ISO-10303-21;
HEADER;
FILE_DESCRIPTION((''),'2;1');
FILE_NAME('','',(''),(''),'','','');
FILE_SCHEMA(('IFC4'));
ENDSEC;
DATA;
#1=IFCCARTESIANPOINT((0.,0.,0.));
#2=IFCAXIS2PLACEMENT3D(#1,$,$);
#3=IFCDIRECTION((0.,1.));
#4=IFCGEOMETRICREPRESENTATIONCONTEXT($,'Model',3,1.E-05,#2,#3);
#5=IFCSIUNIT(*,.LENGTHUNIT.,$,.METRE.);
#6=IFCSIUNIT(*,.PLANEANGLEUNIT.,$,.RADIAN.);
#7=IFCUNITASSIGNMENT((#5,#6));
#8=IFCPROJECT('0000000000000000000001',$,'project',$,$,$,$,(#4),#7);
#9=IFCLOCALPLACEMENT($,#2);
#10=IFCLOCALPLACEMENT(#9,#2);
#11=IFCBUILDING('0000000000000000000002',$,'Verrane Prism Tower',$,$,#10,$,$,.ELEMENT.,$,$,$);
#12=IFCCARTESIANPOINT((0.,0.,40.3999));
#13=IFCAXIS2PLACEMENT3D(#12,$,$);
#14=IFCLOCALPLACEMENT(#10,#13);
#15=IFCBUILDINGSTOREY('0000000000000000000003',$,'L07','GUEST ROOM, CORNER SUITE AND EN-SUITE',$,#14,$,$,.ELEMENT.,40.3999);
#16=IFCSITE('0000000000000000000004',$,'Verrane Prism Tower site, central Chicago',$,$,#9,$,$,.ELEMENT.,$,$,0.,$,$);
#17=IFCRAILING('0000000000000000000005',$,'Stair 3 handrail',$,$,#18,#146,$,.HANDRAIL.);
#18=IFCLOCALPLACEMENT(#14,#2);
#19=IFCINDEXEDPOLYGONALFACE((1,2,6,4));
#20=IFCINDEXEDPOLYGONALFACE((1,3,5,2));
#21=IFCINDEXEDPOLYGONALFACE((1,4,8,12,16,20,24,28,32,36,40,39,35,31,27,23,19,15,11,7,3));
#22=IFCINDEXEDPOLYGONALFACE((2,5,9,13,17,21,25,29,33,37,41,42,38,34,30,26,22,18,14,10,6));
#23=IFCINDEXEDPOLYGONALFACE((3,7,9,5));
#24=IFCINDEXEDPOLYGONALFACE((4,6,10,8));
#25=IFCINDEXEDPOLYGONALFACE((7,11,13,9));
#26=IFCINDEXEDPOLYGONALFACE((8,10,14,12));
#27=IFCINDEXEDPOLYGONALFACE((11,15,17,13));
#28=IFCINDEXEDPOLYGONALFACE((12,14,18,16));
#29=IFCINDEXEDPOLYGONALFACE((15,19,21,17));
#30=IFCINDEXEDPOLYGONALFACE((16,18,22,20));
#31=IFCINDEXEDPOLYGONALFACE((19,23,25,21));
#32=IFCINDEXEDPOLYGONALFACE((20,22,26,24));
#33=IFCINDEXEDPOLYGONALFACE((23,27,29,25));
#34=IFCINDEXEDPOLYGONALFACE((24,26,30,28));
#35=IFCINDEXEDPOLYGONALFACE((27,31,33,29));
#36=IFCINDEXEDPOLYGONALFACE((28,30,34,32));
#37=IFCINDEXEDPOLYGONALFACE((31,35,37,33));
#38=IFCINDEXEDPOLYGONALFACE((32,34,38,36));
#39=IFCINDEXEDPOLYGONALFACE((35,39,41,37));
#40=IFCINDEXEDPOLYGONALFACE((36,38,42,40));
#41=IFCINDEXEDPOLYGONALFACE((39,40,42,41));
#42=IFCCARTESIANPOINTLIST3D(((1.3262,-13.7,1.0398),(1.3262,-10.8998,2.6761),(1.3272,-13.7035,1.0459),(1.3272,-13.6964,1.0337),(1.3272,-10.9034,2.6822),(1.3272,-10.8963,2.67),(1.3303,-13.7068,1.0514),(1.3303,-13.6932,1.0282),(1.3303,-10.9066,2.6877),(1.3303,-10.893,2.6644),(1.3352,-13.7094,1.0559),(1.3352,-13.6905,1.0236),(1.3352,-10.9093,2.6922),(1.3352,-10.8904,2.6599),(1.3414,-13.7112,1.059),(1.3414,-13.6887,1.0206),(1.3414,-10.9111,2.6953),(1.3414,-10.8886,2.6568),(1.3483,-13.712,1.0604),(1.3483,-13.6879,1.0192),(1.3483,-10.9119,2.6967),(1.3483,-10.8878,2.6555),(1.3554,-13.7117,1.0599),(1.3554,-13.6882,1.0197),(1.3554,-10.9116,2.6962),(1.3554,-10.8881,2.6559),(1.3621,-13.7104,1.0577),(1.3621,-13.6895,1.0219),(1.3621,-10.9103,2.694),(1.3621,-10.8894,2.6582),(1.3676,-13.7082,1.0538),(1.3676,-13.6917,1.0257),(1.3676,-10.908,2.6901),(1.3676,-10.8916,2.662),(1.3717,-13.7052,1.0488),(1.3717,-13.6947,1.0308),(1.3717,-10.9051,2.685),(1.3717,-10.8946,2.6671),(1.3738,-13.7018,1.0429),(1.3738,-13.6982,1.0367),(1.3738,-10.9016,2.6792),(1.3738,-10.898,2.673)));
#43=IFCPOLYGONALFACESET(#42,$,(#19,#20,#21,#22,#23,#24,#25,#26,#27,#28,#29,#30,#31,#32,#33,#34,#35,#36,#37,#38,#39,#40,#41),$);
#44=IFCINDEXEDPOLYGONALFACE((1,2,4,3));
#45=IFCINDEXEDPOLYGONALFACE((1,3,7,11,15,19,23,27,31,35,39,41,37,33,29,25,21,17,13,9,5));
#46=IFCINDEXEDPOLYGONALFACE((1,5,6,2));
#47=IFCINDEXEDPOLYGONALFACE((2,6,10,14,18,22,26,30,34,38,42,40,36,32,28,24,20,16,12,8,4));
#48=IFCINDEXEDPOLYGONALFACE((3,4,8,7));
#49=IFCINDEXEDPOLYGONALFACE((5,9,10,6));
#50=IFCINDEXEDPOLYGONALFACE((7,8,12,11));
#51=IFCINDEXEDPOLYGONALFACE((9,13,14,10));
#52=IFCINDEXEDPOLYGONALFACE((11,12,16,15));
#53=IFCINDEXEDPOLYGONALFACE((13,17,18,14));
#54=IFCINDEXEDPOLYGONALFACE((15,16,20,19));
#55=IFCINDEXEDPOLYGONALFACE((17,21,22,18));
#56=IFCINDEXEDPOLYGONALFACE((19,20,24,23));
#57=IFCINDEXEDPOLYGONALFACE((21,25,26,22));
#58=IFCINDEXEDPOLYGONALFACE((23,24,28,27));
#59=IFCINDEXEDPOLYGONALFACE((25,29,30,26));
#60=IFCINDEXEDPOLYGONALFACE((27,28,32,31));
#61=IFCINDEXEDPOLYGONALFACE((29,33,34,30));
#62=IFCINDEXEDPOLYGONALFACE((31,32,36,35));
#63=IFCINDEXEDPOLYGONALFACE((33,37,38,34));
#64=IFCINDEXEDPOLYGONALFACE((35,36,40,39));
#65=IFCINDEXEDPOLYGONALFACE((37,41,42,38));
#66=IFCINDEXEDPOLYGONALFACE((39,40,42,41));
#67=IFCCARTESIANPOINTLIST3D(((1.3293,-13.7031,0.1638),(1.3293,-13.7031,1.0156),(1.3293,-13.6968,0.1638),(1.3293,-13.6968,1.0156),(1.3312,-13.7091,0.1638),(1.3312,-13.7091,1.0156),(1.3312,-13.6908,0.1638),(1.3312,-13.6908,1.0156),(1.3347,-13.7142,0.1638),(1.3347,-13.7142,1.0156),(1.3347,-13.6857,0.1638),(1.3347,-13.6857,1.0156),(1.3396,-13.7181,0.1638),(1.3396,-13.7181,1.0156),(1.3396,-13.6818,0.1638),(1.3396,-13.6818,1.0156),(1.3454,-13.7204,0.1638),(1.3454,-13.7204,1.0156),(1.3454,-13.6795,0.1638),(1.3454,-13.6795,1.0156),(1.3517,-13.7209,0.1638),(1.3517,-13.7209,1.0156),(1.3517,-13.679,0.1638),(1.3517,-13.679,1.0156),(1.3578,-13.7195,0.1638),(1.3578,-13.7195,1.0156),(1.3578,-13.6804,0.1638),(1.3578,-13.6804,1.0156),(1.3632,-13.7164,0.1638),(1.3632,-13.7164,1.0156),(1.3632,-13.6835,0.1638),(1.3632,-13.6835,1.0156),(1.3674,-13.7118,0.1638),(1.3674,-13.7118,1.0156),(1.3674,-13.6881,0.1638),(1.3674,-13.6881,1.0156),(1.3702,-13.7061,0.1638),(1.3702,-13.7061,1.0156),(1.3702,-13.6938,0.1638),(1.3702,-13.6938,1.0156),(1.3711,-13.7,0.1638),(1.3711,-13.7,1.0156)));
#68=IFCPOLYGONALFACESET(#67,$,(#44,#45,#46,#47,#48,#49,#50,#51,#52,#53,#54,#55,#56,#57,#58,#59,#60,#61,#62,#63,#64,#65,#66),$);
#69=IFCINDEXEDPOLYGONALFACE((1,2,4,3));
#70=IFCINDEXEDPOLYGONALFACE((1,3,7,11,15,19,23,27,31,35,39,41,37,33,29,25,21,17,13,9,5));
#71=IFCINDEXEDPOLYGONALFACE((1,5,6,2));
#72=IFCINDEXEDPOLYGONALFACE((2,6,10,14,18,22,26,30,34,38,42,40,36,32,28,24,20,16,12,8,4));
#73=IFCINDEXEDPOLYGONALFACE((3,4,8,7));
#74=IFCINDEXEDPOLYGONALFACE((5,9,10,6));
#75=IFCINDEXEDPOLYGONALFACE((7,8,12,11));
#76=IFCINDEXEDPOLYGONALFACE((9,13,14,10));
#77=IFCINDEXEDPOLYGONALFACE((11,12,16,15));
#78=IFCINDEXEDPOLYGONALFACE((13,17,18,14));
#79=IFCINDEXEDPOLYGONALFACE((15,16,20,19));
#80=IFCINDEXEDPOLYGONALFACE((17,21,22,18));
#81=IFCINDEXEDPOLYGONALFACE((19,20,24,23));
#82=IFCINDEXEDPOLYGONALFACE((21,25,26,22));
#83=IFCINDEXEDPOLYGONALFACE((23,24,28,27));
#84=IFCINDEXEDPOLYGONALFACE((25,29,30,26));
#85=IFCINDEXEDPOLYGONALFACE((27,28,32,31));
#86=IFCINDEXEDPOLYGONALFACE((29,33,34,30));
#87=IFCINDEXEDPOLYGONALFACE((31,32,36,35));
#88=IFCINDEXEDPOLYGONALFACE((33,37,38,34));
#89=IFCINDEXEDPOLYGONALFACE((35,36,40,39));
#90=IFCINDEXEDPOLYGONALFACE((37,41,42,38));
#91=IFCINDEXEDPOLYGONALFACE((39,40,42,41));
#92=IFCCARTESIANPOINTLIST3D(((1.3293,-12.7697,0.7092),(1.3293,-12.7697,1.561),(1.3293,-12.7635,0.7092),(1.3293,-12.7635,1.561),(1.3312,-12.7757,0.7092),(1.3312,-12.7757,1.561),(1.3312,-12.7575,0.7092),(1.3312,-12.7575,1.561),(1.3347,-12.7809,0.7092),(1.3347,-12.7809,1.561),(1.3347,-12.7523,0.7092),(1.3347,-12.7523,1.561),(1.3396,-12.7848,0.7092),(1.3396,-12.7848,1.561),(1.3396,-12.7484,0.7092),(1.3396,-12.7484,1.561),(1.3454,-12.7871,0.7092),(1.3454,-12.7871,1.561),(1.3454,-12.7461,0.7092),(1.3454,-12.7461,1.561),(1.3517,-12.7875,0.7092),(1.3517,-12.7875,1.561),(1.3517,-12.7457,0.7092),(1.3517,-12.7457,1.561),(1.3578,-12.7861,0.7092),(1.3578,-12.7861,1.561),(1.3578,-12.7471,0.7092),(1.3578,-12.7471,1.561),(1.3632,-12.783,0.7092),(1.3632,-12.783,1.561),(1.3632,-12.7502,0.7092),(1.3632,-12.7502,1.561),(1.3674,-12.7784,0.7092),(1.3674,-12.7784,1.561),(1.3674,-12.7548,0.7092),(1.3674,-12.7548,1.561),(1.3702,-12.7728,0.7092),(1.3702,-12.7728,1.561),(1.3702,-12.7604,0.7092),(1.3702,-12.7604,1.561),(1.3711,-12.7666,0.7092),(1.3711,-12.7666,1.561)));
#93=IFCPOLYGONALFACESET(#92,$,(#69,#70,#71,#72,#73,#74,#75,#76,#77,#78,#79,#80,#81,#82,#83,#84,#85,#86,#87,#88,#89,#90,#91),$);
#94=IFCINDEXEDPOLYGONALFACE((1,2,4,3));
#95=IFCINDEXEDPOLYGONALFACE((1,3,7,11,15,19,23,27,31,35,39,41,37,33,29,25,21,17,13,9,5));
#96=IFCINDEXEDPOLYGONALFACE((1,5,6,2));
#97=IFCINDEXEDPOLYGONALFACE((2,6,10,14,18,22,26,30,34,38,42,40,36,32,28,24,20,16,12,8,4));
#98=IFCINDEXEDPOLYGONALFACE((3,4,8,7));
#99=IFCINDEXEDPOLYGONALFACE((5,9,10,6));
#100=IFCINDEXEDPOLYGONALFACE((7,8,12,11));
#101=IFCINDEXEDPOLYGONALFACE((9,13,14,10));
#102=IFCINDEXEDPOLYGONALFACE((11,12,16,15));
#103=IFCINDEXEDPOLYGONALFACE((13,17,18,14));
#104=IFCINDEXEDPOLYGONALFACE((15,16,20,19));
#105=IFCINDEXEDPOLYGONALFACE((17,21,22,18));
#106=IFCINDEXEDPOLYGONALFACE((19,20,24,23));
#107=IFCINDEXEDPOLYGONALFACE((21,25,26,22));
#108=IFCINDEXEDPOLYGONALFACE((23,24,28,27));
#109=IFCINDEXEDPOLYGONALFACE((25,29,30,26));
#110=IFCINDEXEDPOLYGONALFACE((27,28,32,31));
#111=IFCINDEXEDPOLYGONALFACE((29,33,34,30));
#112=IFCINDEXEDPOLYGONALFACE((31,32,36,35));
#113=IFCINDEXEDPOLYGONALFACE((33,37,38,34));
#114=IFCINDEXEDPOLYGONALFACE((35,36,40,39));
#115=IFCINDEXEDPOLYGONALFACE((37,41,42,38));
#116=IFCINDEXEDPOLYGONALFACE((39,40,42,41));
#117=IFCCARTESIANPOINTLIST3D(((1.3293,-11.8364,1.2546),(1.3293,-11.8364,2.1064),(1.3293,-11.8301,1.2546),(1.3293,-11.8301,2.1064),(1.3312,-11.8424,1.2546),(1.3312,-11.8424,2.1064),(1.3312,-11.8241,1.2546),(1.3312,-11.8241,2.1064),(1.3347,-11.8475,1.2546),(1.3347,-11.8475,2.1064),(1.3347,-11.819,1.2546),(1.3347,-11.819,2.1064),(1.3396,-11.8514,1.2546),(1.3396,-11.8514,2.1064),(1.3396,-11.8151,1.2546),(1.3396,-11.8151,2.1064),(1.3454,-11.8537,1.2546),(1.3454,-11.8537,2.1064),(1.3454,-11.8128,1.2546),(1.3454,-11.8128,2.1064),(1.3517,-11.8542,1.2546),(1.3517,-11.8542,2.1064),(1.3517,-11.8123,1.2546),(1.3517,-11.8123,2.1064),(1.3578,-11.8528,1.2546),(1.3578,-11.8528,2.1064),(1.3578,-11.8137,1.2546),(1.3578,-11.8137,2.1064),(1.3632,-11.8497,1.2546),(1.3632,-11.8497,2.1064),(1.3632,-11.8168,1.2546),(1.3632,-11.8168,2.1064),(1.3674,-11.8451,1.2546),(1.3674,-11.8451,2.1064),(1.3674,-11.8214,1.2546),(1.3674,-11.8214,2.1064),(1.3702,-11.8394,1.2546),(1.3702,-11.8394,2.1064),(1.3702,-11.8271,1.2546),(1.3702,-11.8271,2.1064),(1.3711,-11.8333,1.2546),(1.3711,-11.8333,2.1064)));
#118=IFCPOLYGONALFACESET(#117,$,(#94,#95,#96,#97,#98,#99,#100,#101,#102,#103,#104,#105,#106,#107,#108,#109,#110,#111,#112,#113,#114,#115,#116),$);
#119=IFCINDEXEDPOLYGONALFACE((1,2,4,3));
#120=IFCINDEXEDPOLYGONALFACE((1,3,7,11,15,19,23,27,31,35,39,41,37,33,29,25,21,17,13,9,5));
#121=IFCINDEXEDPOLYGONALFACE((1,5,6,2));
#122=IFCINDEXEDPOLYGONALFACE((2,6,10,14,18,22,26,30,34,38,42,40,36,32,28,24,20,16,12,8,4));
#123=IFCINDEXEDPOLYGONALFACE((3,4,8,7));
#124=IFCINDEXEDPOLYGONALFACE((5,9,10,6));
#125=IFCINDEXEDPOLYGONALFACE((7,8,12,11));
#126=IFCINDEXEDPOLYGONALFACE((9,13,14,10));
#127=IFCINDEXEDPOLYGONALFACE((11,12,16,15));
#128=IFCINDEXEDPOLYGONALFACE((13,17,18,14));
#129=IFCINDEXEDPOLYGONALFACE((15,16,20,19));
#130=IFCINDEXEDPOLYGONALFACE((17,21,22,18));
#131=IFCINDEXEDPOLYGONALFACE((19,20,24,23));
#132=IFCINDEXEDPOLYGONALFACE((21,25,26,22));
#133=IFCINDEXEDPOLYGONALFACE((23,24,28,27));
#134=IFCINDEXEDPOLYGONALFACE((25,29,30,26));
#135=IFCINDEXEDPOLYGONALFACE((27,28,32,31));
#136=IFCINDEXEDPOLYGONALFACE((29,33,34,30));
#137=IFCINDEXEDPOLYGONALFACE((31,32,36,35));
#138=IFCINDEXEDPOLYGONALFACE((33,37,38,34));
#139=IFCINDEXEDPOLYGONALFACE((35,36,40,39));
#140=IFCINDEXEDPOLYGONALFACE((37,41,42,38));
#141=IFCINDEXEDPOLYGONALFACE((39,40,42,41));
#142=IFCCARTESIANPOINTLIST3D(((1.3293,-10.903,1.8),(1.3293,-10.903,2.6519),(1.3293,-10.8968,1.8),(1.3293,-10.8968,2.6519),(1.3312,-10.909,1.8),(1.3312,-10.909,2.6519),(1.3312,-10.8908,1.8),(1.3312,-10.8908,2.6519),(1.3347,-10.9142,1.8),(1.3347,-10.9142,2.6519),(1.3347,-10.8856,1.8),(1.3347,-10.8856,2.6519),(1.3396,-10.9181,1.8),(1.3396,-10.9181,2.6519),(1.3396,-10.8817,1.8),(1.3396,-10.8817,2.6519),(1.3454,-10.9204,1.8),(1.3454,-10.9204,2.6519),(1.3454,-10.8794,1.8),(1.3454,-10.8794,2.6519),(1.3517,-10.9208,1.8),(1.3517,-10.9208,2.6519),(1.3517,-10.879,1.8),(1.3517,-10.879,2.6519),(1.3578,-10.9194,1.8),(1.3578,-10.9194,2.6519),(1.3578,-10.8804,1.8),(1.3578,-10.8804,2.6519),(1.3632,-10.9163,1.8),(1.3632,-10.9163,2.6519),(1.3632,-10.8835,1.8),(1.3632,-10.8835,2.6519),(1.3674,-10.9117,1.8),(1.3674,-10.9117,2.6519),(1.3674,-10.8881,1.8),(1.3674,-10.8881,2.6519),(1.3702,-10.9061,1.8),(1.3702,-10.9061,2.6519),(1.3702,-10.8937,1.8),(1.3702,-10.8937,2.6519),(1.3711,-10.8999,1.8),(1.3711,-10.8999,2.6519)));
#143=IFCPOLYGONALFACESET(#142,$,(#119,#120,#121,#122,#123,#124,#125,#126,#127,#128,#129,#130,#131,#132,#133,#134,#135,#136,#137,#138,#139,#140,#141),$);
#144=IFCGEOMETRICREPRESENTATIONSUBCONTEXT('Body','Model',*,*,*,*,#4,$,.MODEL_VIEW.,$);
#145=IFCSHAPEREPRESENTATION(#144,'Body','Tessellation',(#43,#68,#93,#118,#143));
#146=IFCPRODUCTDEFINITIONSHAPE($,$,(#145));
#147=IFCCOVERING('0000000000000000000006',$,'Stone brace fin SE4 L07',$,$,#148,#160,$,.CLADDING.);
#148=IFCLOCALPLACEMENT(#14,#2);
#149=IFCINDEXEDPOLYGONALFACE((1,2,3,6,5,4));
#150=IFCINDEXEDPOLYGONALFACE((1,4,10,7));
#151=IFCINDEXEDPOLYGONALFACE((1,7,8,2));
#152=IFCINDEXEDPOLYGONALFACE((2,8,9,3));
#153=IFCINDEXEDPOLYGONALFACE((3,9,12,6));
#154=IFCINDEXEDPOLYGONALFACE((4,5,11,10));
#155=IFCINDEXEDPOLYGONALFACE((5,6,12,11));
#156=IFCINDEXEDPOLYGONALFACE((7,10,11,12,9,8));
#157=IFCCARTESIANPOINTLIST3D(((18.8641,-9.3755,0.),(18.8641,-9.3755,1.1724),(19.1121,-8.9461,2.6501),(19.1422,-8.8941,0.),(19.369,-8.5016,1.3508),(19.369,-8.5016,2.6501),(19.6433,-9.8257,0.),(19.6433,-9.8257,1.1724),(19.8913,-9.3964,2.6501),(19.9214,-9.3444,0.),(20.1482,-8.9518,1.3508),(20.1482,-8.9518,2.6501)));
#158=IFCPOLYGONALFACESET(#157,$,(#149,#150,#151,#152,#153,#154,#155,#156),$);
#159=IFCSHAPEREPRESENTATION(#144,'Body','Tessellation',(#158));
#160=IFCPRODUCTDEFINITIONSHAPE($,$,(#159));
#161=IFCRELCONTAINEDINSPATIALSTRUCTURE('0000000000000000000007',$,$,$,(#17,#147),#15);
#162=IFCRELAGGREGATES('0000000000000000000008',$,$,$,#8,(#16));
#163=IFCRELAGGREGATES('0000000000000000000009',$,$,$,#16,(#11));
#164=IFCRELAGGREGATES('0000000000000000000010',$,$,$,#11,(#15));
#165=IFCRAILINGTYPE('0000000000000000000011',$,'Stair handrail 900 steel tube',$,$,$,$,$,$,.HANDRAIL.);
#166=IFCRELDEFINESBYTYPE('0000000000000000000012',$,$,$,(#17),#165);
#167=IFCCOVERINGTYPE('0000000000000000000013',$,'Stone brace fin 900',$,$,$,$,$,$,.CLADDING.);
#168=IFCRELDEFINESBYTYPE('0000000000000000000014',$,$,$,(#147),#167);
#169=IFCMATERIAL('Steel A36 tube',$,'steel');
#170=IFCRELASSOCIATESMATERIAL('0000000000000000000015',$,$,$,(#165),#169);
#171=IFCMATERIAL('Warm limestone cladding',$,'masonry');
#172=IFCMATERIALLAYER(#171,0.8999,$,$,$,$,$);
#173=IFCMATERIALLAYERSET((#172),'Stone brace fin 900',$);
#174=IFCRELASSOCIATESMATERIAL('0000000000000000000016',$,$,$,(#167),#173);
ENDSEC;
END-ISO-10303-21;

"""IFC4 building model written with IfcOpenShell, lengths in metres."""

from ifc_helpers import new_model, si_unit, direction, frame, origin, origin_2d, place, context, subcontext, project, spatial, polyline, circle, outline, extrude, material, layer, layer_set, type_object, element, save


model = new_model("IFC4")

# Units and contexts
model_context = context("Model", 3, precision=1e-05, world=origin(), true_north=direction((0.0, 1.0)))
body_context = subcontext(model_context, "Body", "Model", "MODEL_VIEW")
ifc_project = project(units=[si_unit("LENGTHUNIT", "METRE"), si_unit("PLANEANGLEUNIT", "RADIAN")], contexts=[model_context])

# Site, building, storey
site_placement = place(None, origin())
site = spatial("IfcSite", under=ifc_project, at=site_placement, Name="Verrane Prism Tower site, central Chicago", CompositionType="ELEMENT", RefElevation=0.0)
building_placement = place(site_placement, origin())
building = spatial("IfcBuilding", under=site, at=building_placement, Name="Verrane Prism Tower", CompositionType="ELEMENT")
storey_placement = place(building_placement, frame((0.0, 0.0, 40.3999)))
storey = spatial("IfcBuildingStorey", under=building, at=storey_placement, Name="L07", Description="GUEST ROOM, CORNER SUITE AND EN-SUITE", CompositionType="ELEMENT", Elevation=40.3999)

# Railing
ifc_material_1 = material(Name="Steel A36 tube", Category="steel")
railing_type_1 = type_object("IfcRailingType", Name="Stair handrail 900 steel tube", PredefinedType="HANDRAIL", material=ifc_material_1)
railing_1_placement = place(storey_placement, frame((1.3501, -13.7, 0.1638)))
element("IfcRailing", 1, at=railing_1_placement, inside=storey, type_object=railing_type_1, Name="Stair 3 handrail", PredefinedType="HANDRAIL", context=body_context, shape_type="SweptSolid", body=[
    extrude(circle(Radius=0.0239, at=origin_2d()), frame((0.0, 0.0, 0.876), z_axis=(0.0, 0.863394, 0.504531), x_axis=(-1.0, 0.0, 0.0)), (0.0, 0.0, 1.0), 3.2432),
    extrude(circle(Radius=0.021, at=origin_2d()), origin(), (0.0, 0.0, 1.0), 0.8518),
    extrude(circle(Radius=0.021, at=origin_2d()), frame((0.0, 0.9333, 0.5454)), (0.0, 0.0, 1.0), 0.8518),
    extrude(circle(Radius=0.021, at=origin_2d()), frame((0.0, 1.8667, 1.0908)), (0.0, 0.0, 1.0), 0.8518),
    extrude(circle(Radius=0.021, at=origin_2d()), frame((0.0, 2.8, 1.6362)), (0.0, 0.0, 1.0), 0.8518),
])

# Covering
ifc_material_2 = material(Name="Warm limestone cladding", Category="masonry")
ifc_layer_1 = layer(ifc_material_2, 0.8999)
ifc_layer_set_1 = layer_set([ifc_layer_1], Name="Stone brace fin 900")
covering_type = type_object("IfcCoveringType", Name="Stone brace fin 900", PredefinedType="CLADDING", material=ifc_layer_set_1)
covering_placement = place(storey_placement, frame((19.2537, -9.6006, 0.0), z_axis=(0.0, 0.0, 1.0), x_axis=(0.500302, 0.865851, 0.0)))
element("IfcCovering", 2, at=covering_placement, inside=storey, type_object=covering_type, Name="Stone brace fin SE4 L07", PredefinedType="CLADDING", context=body_context, shape_type="SweptSolid", body=[
    extrude(outline(polyline([(1.0093, 2.6501), (0.4958, 2.6501), (0.0, 1.1724), (0.0, 0.0), (0.5559, 0.0), (1.0093, 1.3508), (1.0093, 2.6501)])), frame((0.0, 0.45, 0.0), z_axis=(0.0, -1.0, 0.0), x_axis=(1.0, 0.0, 0.0)), (0.0, 0.0, 1.0), 0.8999),
])

save(model, "model.ifc")
